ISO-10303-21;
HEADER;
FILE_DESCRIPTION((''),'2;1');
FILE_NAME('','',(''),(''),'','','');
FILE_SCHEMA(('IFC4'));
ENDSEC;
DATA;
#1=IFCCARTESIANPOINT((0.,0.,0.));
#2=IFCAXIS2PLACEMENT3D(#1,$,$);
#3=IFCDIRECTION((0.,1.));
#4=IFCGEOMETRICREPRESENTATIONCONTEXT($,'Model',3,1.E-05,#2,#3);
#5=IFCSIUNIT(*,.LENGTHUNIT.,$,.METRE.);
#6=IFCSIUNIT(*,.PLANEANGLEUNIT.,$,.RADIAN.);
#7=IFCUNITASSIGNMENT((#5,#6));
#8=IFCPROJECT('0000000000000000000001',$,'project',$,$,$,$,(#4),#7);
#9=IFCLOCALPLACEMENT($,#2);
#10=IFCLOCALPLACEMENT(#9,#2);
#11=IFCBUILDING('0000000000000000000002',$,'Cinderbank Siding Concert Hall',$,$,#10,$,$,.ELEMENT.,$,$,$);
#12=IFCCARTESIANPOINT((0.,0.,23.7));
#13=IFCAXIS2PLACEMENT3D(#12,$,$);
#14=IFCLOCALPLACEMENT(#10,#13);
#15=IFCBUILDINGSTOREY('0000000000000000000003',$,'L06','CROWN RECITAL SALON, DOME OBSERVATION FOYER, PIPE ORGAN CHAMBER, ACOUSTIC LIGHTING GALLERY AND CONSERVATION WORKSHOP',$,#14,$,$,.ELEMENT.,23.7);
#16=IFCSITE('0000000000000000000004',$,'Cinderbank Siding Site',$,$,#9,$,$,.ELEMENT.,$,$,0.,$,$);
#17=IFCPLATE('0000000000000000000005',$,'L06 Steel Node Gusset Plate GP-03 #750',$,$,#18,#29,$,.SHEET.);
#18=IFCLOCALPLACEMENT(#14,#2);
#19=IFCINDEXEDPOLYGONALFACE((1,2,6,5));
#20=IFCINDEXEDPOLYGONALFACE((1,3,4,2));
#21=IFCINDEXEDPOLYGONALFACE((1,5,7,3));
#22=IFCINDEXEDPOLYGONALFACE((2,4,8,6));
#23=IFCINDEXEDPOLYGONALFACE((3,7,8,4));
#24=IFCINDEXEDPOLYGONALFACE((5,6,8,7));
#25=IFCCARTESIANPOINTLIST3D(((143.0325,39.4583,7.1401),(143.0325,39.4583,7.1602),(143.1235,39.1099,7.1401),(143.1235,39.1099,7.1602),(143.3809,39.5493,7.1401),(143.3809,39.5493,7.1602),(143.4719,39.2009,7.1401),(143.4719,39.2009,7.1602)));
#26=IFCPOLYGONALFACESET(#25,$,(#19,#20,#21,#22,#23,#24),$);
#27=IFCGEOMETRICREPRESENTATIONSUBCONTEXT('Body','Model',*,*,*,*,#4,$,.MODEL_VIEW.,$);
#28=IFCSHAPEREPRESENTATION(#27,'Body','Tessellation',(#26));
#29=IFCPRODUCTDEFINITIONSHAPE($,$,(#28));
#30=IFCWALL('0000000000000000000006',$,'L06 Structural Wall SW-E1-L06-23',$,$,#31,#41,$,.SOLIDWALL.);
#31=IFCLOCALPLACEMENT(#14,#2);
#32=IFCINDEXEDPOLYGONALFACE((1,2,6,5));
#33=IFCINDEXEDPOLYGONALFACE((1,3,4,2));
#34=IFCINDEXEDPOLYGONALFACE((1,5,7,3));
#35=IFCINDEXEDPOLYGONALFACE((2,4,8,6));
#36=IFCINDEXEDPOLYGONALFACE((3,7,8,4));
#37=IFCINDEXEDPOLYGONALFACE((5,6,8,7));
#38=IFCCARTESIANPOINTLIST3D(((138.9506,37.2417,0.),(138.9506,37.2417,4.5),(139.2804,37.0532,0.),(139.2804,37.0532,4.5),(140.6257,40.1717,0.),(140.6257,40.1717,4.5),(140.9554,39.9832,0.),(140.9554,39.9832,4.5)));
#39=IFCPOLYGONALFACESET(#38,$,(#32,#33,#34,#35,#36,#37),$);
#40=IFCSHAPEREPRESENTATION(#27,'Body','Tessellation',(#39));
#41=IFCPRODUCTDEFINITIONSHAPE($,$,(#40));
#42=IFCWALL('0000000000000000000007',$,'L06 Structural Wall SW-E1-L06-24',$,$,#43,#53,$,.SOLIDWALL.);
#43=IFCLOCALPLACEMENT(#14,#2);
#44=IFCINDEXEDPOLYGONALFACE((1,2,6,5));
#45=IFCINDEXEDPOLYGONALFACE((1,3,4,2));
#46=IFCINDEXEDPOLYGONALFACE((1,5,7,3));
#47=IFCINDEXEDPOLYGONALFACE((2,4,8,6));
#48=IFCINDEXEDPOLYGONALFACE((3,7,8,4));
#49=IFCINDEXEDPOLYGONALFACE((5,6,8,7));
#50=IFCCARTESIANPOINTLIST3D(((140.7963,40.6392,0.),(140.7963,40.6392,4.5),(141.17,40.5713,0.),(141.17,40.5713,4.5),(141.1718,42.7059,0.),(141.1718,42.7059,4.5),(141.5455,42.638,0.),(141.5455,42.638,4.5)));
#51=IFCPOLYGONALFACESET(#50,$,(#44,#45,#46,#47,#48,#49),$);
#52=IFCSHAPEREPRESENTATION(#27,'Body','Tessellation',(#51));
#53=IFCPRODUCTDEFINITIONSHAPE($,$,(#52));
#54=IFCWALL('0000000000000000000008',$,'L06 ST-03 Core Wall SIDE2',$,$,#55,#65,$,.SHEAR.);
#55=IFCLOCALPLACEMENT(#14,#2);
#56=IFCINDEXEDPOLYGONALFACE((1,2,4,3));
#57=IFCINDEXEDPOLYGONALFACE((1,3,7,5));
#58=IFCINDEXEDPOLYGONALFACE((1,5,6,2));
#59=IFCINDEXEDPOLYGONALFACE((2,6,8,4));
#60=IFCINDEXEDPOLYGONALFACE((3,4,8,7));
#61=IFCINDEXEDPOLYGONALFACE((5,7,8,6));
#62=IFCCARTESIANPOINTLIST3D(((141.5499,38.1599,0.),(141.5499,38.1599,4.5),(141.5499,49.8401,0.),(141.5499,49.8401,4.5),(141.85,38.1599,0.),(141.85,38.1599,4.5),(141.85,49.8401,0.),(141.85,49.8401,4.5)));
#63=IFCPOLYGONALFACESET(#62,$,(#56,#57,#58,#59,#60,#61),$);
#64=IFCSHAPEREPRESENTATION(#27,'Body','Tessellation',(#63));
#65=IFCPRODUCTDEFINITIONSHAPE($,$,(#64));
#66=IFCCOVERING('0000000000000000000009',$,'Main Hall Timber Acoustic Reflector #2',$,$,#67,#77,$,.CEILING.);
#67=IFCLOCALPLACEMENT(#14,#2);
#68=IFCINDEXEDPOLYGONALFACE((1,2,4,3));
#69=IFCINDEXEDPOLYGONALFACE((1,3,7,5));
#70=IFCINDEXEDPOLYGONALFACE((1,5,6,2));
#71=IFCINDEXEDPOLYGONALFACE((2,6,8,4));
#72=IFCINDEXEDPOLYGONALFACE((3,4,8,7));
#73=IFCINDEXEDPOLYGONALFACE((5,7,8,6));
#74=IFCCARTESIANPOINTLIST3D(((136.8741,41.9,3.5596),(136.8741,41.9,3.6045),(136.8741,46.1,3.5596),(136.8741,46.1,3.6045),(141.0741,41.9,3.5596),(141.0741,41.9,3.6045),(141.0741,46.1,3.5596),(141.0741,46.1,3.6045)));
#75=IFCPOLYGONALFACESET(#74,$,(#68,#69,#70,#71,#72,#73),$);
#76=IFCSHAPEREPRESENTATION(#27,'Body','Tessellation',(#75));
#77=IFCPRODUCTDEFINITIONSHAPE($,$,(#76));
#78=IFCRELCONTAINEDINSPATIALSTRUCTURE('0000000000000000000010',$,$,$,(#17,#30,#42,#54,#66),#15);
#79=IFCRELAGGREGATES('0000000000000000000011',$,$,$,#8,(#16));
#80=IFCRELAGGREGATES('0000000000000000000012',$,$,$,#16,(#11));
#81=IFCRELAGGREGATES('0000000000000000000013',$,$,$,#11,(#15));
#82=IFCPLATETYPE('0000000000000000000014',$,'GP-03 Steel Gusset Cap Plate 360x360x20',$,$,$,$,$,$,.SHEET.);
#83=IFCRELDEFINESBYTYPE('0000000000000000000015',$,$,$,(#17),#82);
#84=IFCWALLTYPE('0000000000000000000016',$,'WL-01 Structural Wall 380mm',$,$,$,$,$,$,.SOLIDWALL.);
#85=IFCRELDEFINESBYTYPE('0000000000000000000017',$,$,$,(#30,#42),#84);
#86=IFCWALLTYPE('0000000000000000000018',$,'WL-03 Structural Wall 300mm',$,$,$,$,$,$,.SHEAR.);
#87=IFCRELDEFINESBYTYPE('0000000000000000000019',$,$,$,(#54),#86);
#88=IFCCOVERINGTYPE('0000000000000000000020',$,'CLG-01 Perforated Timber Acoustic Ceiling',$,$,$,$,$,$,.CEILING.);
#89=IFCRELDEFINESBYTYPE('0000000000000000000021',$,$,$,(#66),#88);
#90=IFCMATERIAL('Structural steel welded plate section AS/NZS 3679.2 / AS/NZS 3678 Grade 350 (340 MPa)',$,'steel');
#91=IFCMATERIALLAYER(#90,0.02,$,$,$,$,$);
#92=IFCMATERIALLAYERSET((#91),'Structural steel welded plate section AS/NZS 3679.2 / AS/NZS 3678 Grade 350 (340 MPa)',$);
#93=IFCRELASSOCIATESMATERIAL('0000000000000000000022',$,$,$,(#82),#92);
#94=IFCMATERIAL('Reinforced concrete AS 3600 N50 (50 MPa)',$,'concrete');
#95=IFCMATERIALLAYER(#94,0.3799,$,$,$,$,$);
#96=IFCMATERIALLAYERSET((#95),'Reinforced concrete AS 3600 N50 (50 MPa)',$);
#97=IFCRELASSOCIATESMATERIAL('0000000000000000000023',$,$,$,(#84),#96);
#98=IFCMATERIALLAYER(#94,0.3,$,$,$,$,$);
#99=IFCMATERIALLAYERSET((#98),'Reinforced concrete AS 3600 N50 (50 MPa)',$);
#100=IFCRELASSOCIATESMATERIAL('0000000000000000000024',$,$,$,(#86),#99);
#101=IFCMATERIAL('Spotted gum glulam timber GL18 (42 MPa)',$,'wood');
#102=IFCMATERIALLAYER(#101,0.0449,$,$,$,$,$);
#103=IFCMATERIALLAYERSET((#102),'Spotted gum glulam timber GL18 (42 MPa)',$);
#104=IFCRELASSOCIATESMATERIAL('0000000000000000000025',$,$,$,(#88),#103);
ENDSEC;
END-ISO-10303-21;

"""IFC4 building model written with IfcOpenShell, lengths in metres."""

from ifc_helpers import new_model, si_unit, direction, frame, frame_2d, origin, origin_2d, place, context, subcontext, project, spatial, rectangle, extrude, material, layer, layer_set, type_object, element, save


model = new_model("IFC4")

# Units and contexts
model_context = context("Model", 3, precision=1e-05, world=origin(), true_north=direction((0.0, 1.0)))
body_context = subcontext(model_context, "Body", "Model", "MODEL_VIEW")
ifc_project = project(units=[si_unit("LENGTHUNIT", "METRE"), si_unit("PLANEANGLEUNIT", "RADIAN")], contexts=[model_context])

# Site, building, storey
site_placement = place(None, origin())
site = spatial("IfcSite", under=ifc_project, at=site_placement, Name="Cinderbank Siding Site", CompositionType="ELEMENT", RefElevation=0.0)
building_placement = place(site_placement, origin())
building = spatial("IfcBuilding", under=site, at=building_placement, Name="Cinderbank Siding Concert Hall", CompositionType="ELEMENT")
storey_placement = place(building_placement, frame((0.0, 0.0, 23.7)))
storey = spatial("IfcBuildingStorey", under=building, at=storey_placement, Name="L06", Description="CROWN RECITAL SALON, DOME OBSERVATION FOYER, PIPE ORGAN CHAMBER, ACOUSTIC LIGHTING GALLERY AND CONSERVATION WORKSHOP", CompositionType="ELEMENT", Elevation=23.7)

# Shared definitions
ifc_material_1 = material(Name="Reinforced concrete AS 3600 N50 (50 MPa)", Category="concrete")

# Shared definitions
ifc_material_2 = material(Name="Structural steel welded plate section AS/NZS 3679.2 / AS/NZS 3678 Grade 350 (340 MPa)", Category="steel")

# Plate
ifc_layer_1 = layer(ifc_material_2, 0.02)
ifc_layer_set_1 = layer_set([ifc_layer_1], Name="Structural steel welded plate section AS/NZS 3679.2 / AS/NZS 3678 Grade 350 (340 MPa)")
plate_type_1 = type_object("IfcPlateType", Name="GP-03 Steel Gusset Cap Plate 360x360x20", PredefinedType="SHEET", material=ifc_layer_set_1)
plate_1_placement = place(storey_placement, frame((143.2522, 39.3296, 7.1401), z_axis=(0.0, 0.0, 1.0), x_axis=(-0.252576, 0.967577, 0.0)))
element("IfcPlate", 1, at=plate_1_placement, inside=storey, type_object=plate_type_1, Name="L06 Steel Node Gusset Plate GP-03 #750", PredefinedType="SHEET", context=body_context, shape_type="SweptSolid", body=[
    extrude(rectangle(XDim=0.3601, YDim=0.3601, at=origin_2d()), origin(), (0.0, 0.0, 1.0), 0.02),
])

# Walls
ifc_layer_2 = layer(ifc_material_1, 0.3799)
ifc_layer_set_2 = layer_set([ifc_layer_2], Name="Reinforced concrete AS 3600 N50 (50 MPa)")
wall_type_1 = type_object("IfcWallType", Name="WL-01 Structural Wall 380mm", PredefinedType="SOLIDWALL", material=ifc_layer_set_2)
wall_1_placement = place(storey_placement, frame((139.1155, 37.1475, 0.0), z_axis=(0.0, 0.0, 1.0), x_axis=(0.496318, 0.868141, 0.0)))
element("IfcWall", 2, at=wall_1_placement, inside=storey, type_object=wall_type_1, Name="L06 Structural Wall SW-E1-L06-23", PredefinedType="SOLIDWALL", context=body_context, shape_type="SweptSolid", body=[
    extrude(rectangle(XDim=3.375, YDim=0.3799, at=frame_2d((1.6875, 0.0))), origin(), (0.0, 0.0, 1.0), 4.5),
])
wall_2_placement = place(storey_placement, frame((140.9832, 40.6052, 0.0), z_axis=(0.0, 0.0, 1.0), x_axis=(0.178763, 0.983892, 0.0)))
element("IfcWall", 3, at=wall_2_placement, inside=storey, type_object=wall_type_1, Name="L06 Structural Wall SW-E1-L06-24", PredefinedType="SOLIDWALL", context=body_context, shape_type="SweptSolid", body=[
    extrude(rectangle(XDim=2.1006, YDim=0.3799, at=frame_2d((1.0503, 0.0))), origin(), (0.0, 0.0, 1.0), 4.5),
])
ifc_layer_3 = layer(ifc_material_1, 0.3)
ifc_layer_set_3 = layer_set([ifc_layer_3], Name="Reinforced concrete AS 3600 N50 (50 MPa)")
wall_type_2 = type_object("IfcWallType", Name="WL-03 Structural Wall 300mm", PredefinedType="SHEAR", material=ifc_layer_set_3)
wall_3_placement = place(storey_placement, frame((141.7, 38.1599, 0.0), z_axis=(0.0, 0.0, 1.0), x_axis=(0.0, 1.0, 0.0)))
element("IfcWall", 4, at=wall_3_placement, inside=storey, type_object=wall_type_2, Name="L06 ST-03 Core Wall SIDE2", PredefinedType="SHEAR", context=body_context, shape_type="SweptSolid", body=[
    extrude(rectangle(XDim=11.6802, YDim=0.3, at=frame_2d((5.8401, 0.0))), origin(), (0.0, 0.0, 1.0), 4.5),
])

# Covering
ifc_material_3 = material(Name="Spotted gum glulam timber GL18 (42 MPa)", Category="wood")
ifc_layer_4 = layer(ifc_material_3, 0.0449)
ifc_layer_set_4 = layer_set([ifc_layer_4], Name="Spotted gum glulam timber GL18 (42 MPa)")
covering_type = type_object("IfcCoveringType", Name="CLG-01 Perforated Timber Acoustic Ceiling", PredefinedType="CEILING", material=ifc_layer_set_4)
covering_placement = place(storey_placement, frame((138.9741, 44.0, 3.5596), z_axis=(0.0, 0.0, 1.0), x_axis=(1.0, 0.0, 0.0)))
element("IfcCovering", 5, at=covering_placement, inside=storey, type_object=covering_type, Name="Main Hall Timber Acoustic Reflector #2", PredefinedType="CEILING", context=body_context, shape_type="SweptSolid", body=[
    extrude(rectangle(XDim=4.2, YDim=4.2, at=origin_2d()), origin(), (0.0, 0.0, 1.0), 0.0449),
])

save(model, "model.ifc")
